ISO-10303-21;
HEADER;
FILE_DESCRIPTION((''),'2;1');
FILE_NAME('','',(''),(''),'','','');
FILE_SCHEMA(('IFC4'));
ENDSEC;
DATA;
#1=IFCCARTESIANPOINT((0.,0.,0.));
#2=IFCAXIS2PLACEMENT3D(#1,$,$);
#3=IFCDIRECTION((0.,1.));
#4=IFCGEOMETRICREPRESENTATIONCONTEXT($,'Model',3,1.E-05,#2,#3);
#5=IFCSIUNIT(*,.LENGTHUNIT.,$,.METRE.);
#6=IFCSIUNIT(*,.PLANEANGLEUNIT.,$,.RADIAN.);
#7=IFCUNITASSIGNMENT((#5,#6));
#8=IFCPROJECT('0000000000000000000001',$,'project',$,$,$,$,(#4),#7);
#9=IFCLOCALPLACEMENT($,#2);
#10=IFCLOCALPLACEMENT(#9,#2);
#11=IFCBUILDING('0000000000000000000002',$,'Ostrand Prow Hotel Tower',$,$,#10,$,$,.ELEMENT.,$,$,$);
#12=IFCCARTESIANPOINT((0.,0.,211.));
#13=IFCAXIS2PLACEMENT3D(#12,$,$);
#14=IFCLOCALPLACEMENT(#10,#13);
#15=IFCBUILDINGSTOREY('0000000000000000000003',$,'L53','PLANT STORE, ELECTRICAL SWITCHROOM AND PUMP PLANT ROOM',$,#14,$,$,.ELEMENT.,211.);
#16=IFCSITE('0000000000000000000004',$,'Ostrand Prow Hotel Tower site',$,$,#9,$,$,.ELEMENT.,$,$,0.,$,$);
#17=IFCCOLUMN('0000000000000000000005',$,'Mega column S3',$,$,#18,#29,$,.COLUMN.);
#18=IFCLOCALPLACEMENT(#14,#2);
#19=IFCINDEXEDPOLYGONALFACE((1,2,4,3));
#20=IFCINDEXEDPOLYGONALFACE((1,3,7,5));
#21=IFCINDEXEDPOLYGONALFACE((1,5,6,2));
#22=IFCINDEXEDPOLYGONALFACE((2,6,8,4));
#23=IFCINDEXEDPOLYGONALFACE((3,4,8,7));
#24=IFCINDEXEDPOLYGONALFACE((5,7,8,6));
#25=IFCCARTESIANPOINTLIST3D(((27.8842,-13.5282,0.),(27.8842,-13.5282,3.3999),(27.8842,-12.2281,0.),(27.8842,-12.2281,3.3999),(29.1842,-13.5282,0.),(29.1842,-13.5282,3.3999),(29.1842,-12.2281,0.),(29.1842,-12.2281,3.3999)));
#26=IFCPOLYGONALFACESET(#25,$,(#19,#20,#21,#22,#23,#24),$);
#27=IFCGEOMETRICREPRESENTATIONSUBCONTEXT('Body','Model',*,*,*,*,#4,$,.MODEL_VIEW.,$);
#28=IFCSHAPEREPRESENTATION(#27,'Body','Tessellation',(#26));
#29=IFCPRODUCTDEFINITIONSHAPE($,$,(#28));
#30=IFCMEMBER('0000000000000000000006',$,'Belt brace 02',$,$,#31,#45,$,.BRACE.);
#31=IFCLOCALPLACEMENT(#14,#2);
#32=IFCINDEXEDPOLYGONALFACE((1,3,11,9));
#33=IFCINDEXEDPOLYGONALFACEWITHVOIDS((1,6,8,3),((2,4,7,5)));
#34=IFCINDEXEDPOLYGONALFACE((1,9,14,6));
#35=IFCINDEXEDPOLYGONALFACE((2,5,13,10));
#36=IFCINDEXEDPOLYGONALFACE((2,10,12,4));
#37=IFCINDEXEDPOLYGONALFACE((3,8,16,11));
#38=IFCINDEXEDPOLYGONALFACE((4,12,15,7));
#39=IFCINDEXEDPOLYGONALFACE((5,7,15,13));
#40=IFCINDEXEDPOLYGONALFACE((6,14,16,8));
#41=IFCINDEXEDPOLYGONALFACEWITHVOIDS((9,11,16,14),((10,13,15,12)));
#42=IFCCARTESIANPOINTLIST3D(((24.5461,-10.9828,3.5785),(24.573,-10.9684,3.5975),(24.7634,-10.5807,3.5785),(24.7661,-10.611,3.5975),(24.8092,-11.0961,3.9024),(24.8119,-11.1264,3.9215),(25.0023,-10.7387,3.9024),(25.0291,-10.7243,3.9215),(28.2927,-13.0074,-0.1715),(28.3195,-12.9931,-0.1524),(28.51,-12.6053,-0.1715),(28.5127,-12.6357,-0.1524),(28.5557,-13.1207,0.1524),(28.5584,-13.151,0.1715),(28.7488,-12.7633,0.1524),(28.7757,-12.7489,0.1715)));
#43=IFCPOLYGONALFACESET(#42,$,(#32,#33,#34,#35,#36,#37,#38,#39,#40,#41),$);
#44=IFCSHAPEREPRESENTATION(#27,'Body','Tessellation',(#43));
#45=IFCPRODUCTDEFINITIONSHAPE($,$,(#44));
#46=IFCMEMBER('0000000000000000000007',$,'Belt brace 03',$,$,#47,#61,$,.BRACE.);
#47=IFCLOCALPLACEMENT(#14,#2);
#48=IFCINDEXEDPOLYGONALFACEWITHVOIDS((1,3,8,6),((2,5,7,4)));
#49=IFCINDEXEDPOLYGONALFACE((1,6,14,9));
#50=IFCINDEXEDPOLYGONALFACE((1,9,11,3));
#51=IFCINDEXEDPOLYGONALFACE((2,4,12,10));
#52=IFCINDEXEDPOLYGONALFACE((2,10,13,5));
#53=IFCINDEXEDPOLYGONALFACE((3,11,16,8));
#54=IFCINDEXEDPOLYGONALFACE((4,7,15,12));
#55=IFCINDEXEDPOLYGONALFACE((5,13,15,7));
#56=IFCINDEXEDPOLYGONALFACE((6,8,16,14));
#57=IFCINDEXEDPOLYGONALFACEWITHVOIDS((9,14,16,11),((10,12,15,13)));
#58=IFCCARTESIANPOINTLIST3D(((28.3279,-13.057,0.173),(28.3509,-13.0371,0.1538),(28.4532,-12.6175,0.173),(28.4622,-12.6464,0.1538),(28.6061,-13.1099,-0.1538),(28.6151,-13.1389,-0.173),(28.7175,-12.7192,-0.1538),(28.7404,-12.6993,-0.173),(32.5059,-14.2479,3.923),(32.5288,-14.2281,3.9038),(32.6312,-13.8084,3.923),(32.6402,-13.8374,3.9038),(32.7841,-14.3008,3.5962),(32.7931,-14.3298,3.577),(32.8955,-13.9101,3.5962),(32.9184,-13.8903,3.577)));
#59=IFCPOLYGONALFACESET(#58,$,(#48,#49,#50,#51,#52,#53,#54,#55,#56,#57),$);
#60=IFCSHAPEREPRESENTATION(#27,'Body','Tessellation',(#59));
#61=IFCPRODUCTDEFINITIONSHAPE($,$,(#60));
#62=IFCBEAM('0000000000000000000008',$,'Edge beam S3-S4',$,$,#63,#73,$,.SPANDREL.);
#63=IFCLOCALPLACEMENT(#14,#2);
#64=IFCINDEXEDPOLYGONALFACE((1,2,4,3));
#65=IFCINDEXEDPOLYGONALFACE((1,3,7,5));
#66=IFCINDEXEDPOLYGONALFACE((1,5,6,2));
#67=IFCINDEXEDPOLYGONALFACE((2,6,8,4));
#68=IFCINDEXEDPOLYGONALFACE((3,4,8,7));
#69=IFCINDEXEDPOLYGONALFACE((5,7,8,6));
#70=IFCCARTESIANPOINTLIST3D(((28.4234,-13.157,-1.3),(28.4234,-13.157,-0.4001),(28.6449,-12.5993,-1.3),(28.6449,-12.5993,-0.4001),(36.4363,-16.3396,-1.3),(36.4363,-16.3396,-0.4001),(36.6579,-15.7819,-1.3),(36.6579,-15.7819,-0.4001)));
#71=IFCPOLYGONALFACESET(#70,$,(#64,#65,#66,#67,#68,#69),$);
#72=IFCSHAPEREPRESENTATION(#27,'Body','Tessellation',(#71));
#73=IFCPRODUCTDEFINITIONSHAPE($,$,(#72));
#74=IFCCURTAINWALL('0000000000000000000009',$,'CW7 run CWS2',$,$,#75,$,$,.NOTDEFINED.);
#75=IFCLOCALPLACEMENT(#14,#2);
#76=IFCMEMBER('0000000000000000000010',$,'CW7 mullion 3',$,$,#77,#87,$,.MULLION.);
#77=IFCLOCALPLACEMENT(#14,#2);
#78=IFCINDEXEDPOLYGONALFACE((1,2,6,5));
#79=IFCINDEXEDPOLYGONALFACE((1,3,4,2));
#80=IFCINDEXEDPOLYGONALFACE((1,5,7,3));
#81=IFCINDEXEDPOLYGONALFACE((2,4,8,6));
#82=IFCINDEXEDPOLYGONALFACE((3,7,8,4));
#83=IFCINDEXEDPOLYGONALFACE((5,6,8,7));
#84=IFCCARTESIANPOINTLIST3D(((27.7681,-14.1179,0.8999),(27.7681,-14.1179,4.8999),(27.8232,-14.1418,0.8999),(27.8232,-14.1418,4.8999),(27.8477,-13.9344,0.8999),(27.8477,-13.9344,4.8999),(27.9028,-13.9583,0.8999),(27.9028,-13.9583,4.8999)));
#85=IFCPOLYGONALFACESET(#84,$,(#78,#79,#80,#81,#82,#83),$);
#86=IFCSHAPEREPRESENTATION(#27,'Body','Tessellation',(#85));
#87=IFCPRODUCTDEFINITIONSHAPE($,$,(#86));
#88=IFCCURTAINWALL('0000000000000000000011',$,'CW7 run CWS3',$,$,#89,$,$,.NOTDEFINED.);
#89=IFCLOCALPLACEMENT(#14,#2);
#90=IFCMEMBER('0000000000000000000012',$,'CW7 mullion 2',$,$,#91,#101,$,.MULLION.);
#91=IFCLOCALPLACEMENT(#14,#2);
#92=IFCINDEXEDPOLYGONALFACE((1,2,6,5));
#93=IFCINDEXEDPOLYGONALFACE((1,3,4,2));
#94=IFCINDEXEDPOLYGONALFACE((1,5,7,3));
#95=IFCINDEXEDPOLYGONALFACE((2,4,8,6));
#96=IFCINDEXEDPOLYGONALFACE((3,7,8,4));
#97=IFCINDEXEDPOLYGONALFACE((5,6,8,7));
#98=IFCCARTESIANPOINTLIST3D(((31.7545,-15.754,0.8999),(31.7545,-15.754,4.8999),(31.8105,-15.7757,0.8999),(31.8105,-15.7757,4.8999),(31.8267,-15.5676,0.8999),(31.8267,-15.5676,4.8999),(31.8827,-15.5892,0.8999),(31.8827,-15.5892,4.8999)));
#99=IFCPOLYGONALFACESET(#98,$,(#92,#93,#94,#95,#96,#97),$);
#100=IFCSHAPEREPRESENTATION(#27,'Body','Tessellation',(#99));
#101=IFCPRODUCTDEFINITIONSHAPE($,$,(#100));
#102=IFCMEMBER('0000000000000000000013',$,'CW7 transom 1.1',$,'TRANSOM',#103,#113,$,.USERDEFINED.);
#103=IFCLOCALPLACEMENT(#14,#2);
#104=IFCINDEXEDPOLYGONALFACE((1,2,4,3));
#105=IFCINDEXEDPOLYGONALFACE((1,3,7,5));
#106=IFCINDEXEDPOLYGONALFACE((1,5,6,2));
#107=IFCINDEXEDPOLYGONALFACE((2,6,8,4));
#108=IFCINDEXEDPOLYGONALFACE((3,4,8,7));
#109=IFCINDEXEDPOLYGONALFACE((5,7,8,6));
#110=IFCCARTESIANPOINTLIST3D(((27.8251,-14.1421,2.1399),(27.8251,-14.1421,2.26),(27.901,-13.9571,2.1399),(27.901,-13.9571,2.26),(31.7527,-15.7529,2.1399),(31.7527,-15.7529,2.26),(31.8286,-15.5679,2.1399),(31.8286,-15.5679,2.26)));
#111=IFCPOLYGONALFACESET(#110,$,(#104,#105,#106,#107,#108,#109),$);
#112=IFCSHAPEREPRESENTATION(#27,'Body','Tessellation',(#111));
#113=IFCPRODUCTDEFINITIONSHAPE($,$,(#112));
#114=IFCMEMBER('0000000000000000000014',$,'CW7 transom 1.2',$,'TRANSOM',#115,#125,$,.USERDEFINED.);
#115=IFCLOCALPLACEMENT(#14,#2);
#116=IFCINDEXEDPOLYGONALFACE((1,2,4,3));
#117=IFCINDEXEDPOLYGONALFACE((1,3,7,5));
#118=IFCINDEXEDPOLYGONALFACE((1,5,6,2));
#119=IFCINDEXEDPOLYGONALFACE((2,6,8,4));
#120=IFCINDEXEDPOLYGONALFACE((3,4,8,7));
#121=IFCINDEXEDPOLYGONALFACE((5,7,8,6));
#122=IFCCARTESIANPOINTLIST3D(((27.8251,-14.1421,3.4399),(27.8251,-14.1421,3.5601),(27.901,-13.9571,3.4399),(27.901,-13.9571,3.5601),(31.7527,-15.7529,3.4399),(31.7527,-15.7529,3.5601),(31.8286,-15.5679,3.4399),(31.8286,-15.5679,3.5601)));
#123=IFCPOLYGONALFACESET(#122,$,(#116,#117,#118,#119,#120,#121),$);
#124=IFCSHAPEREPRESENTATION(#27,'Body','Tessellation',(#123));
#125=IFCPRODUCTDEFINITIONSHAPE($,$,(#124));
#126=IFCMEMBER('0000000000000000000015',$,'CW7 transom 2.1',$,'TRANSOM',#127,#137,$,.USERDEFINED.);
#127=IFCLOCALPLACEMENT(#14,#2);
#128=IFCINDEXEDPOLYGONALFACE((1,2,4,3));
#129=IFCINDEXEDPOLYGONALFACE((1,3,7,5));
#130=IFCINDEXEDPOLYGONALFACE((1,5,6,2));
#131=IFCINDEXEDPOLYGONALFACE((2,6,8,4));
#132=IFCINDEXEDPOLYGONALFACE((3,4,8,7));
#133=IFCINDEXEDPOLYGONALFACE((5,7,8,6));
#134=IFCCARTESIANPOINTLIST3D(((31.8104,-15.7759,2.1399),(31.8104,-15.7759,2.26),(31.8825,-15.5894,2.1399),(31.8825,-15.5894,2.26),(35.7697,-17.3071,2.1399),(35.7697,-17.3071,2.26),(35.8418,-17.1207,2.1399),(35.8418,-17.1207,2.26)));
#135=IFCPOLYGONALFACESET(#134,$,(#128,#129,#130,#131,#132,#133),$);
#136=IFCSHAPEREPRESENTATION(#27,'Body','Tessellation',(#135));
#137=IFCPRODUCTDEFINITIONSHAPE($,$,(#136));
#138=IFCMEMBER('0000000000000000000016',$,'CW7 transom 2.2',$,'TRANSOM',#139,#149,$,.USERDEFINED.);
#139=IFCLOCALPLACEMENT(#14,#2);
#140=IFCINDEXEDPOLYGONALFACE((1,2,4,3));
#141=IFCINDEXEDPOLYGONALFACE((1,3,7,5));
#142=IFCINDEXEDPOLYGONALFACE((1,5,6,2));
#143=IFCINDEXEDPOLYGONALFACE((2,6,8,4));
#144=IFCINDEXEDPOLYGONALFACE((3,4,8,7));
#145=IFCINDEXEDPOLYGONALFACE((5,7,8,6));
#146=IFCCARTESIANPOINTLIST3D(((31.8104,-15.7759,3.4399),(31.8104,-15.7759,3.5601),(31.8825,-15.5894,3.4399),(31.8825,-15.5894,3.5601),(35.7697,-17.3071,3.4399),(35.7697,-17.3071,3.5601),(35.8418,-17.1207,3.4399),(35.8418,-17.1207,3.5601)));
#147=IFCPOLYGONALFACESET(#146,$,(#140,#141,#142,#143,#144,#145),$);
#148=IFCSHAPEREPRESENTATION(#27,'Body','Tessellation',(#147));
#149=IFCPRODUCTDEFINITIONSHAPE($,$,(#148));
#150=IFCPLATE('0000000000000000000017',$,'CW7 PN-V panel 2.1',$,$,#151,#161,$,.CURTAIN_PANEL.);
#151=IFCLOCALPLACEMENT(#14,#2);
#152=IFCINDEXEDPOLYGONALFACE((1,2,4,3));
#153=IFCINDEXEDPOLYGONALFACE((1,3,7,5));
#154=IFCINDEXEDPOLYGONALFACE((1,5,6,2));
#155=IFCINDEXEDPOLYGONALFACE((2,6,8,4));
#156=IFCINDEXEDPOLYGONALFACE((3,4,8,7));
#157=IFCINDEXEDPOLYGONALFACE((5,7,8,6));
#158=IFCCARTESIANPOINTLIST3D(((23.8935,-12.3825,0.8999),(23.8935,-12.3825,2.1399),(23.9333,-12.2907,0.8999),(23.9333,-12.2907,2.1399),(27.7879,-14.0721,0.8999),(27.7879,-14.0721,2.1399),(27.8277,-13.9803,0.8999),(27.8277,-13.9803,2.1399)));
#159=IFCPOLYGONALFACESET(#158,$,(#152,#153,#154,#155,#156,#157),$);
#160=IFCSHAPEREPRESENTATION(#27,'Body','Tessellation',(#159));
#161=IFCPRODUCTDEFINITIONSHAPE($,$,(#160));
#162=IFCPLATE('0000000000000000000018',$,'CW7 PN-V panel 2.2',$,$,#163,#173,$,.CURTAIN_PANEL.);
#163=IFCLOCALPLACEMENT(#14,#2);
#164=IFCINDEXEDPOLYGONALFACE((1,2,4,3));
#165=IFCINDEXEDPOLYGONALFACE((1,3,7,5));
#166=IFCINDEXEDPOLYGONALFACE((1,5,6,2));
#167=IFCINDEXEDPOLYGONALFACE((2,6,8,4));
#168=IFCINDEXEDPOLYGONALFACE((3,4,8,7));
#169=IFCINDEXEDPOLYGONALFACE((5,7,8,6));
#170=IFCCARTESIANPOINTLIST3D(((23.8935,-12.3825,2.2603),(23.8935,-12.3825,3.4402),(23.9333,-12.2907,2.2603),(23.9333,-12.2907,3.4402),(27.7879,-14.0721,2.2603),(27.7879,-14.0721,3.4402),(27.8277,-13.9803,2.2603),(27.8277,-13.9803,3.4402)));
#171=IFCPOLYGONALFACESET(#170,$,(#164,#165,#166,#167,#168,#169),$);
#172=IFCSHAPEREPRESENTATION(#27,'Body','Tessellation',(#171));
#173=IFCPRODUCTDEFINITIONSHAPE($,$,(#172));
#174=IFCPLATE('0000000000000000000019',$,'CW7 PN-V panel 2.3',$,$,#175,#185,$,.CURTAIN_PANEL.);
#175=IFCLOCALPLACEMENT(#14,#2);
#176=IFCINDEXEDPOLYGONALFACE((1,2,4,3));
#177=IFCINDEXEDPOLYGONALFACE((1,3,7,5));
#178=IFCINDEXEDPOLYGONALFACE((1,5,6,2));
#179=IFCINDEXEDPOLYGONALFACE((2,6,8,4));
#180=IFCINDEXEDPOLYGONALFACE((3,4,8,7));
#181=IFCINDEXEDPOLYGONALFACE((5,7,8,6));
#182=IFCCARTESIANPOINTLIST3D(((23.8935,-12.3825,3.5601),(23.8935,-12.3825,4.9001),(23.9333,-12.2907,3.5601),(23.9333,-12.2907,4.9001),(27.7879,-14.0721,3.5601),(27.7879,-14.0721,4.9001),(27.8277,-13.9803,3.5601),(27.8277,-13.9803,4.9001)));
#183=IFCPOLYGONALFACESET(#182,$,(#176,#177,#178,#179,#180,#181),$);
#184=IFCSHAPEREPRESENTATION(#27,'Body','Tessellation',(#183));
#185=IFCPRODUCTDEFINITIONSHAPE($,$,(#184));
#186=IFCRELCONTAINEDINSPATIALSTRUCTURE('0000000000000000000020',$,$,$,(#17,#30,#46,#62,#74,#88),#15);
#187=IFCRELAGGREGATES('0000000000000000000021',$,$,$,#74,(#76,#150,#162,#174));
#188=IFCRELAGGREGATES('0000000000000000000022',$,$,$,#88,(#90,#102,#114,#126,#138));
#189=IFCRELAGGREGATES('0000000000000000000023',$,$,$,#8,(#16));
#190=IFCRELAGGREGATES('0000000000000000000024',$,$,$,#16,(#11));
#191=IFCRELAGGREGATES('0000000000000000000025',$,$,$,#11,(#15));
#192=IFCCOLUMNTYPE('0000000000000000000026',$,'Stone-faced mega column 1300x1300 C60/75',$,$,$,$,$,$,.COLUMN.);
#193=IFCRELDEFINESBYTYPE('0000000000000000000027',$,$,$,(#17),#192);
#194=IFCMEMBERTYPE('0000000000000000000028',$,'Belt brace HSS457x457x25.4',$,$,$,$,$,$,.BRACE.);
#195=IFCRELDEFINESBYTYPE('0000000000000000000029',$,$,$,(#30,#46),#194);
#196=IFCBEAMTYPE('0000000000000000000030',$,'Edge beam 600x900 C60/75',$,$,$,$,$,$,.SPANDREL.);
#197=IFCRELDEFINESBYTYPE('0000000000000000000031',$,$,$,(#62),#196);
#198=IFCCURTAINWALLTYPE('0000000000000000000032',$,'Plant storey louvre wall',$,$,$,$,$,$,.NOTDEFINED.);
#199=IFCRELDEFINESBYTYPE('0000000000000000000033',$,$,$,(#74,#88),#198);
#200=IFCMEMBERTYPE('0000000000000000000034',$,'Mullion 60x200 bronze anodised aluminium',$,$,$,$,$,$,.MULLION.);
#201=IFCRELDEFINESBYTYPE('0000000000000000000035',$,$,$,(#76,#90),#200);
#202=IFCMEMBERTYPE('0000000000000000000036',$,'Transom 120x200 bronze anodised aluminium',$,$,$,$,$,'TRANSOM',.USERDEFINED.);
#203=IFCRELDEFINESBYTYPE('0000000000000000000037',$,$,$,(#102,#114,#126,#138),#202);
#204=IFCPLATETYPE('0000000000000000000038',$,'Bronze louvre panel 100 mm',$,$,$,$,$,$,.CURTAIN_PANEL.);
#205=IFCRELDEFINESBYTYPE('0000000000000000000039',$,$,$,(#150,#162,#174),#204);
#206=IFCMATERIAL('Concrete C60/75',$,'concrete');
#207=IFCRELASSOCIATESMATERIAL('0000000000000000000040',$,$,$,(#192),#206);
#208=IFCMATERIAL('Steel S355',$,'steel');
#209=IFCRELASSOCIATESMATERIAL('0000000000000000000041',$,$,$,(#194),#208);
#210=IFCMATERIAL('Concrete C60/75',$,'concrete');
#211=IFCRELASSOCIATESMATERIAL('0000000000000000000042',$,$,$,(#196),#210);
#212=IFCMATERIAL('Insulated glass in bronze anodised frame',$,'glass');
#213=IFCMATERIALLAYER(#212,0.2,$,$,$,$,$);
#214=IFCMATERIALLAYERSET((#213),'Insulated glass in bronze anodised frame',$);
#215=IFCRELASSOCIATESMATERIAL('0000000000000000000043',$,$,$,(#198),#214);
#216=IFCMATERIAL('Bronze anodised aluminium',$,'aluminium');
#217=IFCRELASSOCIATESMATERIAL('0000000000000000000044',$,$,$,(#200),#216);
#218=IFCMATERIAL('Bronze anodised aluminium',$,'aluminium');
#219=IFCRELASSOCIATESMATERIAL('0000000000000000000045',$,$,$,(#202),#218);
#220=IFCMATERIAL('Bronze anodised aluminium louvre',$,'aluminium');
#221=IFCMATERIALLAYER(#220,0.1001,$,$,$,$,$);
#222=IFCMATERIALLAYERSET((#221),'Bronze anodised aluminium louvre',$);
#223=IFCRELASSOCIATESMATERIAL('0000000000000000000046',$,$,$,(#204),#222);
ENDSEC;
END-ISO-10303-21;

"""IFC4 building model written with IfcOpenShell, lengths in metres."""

from ifc_helpers import new_model, si_unit, direction, frame, origin, origin_2d, place, context, subcontext, project, spatial, rectangle, hollow_rectangle, extrude, material, layer, layer_set, material_profile, profile_set, type_object, element, aggregate, save


model = new_model("IFC4")

# Units and contexts
model_context = context("Model", 3, precision=1e-05, world=origin(), true_north=direction((0.0, 1.0)))
body_context = subcontext(model_context, "Body", "Model", "MODEL_VIEW")
ifc_project = project(units=[si_unit("LENGTHUNIT", "METRE"), si_unit("PLANEANGLEUNIT", "RADIAN")], contexts=[model_context])

# Site, building, storey
site_placement = place(None, origin())
site = spatial("IfcSite", under=ifc_project, at=site_placement, Name="Ostrand Prow Hotel Tower site", CompositionType="ELEMENT", RefElevation=0.0)
building_placement = place(site_placement, origin())
building = spatial("IfcBuilding", under=site, at=building_placement, Name="Ostrand Prow Hotel Tower", CompositionType="ELEMENT")
storey_placement = place(building_placement, frame((0.0, 0.0, 211.0)))
storey = spatial("IfcBuildingStorey", under=building, at=storey_placement, Name="L53", Description="PLANT STORE, ELECTRICAL SWITCHROOM AND PUMP PLANT ROOM", CompositionType="ELEMENT", Elevation=211.0)

# Column
ifc_material_1 = material(Name="Concrete C60/75", Category="concrete")
ifc_material_profile_1 = material_profile(ifc_material_1, rectangle(XDim=1.3, YDim=1.3, at=origin_2d()), Name="RC 1300x1300")
ifc_profile_set_1 = profile_set([ifc_material_profile_1], Name="Concrete C60/75")
column_type = type_object("IfcColumnType", Name="Stone-faced mega column 1300x1300 C60/75", PredefinedType="COLUMN", material=ifc_profile_set_1)
column_placement = place(storey_placement, frame((28.5342, -12.8782, 0.0), z_axis=(0.0, 0.0, 1.0), x_axis=(1.0, 0.0, 0.0)))
element("IfcColumn", 1, at=column_placement, inside=storey, type_object=column_type, Name="Mega column S3", PredefinedType="COLUMN", context=body_context, shape_type="SweptSolid", body=[
    extrude(rectangle(XDim=1.3, YDim=1.3, at=origin_2d()), origin(), (0.0, 0.0, 1.0), 3.3999),
])

# Members
ifc_material_2 = material(Name="Steel S355", Category="steel")
ifc_material_profile_2 = material_profile(ifc_material_2, hollow_rectangle(XDim=0.457, YDim=0.457, WallThickness=0.0254, at=origin_2d()), Name="HSS457x457x25.4")
ifc_profile_set_2 = profile_set([ifc_material_profile_2], Name="Steel S355")
member_type_1 = type_object("IfcMemberType", Name="Belt brace HSS457x457x25.4", PredefinedType="BRACE", material=ifc_profile_set_2)
member_1_placement = place(storey_placement, frame((28.5342, -12.8782, 0.0), z_axis=(-0.660262, 0.356807, 0.660865), x_axis=(-0.475422, -0.879758, 0.0)))
element("IfcMember", 2, at=member_1_placement, inside=storey, type_object=member_type_1, Name="Belt brace 02", PredefinedType="BRACE", context=body_context, shape_type="SweptSolid", body=[
    extrude(hollow_rectangle(XDim=0.457, YDim=0.457, WallThickness=0.0254, at=origin_2d()), origin(), (0.0, 0.0, 1.0), 5.6743),
])
member_2_placement = place(storey_placement, frame((28.5342, -12.8782, 0.0), z_axis=(0.727996, -0.207513, 0.653422), x_axis=(0.274127, 0.961693, 0.0)))
element("IfcMember", 3, at=member_2_placement, inside=storey, type_object=member_type_1, Name="Belt brace 03", PredefinedType="BRACE", context=body_context, shape_type="SweptSolid", body=[
    extrude(hollow_rectangle(XDim=0.457, YDim=0.457, WallThickness=0.0254, at=origin_2d()), origin(), (0.0, 0.0, 1.0), 5.739),
])

# Beam
ifc_material_3 = material(Name="Concrete C60/75", Category="concrete")
ifc_material_profile_3 = material_profile(ifc_material_3, rectangle(XDim=0.6001, YDim=0.8999, at=origin_2d()), Name="RC 600x900")
ifc_profile_set_3 = profile_set([ifc_material_profile_3], Name="Concrete C60/75")
beam_type = type_object("IfcBeamType", Name="Edge beam 600x900 C60/75", PredefinedType="SPANDREL", material=ifc_profile_set_3)
beam_placement = place(storey_placement, frame((28.5342, -12.8782, -0.8501), z_axis=(0.929376, -0.369134, 0.0), x_axis=(0.369134, 0.929376, 0.0)))
element("IfcBeam", 4, at=beam_placement, inside=storey, type_object=beam_type, Name="Edge beam S3-S4", PredefinedType="SPANDREL", context=body_context, shape_type="SweptSolid", body=[
    extrude(rectangle(XDim=0.6001, YDim=0.8999, at=origin_2d()), origin(), (0.0, 0.0, 1.0), 8.6218),
])

# Curtain wall, member
ifc_material_4 = material(Name="Insulated glass in bronze anodised frame", Category="glass")
ifc_layer_1 = layer(ifc_material_4, 0.2)
ifc_layer_set_1 = layer_set([ifc_layer_1], Name="Insulated glass in bronze anodised frame")
curtain_wall_type = type_object("IfcCurtainWallType", Name="Plant storey louvre wall", PredefinedType="NOTDEFINED", material=ifc_layer_set_1)
curtain_wall_1_placement = place(storey_placement, origin())
curtain_wall_1 = element("IfcCurtainWall", 5, at=curtain_wall_1_placement, inside=storey, type_object=curtain_wall_type, Name="CW7 run CWS2", PredefinedType="NOTDEFINED")
ifc_material_5 = material(Name="Bronze anodised aluminium", Category="aluminium")
ifc_material_profile_4 = material_profile(ifc_material_5, rectangle(XDim=0.2, YDim=0.0601, at=origin_2d()), Name="Mullion 60x200 bronze anodised aluminium")
ifc_profile_set_4 = profile_set([ifc_material_profile_4], Name="Bronze anodised aluminium")
member_type_2 = type_object("IfcMemberType", Name="Mullion 60x200 bronze anodised aluminium", PredefinedType="MULLION", material=ifc_profile_set_4)
member_3_placement = place(storey_placement, frame((27.8354, -14.0381, 0.8999), z_axis=(0.0, 0.0, 1.0), x_axis=(0.398005, 0.917383, 0.0)))
member_3 = element("IfcMember", 6, at=member_3_placement, type_object=member_type_2, Name="CW7 mullion 3", PredefinedType="MULLION", context=body_context, shape_type="SweptSolid", body=[
    extrude(rectangle(XDim=0.2, YDim=0.0601, at=origin_2d()), origin(), (0.0, 0.0, 1.0), 4.0),
])

# Curtain wall, members
curtain_wall_2_placement = place(storey_placement, origin())
curtain_wall_2 = element("IfcCurtainWall", 7, at=curtain_wall_2_placement, inside=storey, type_object=curtain_wall_type, Name="CW7 run CWS3", PredefinedType="NOTDEFINED")
member_4_placement = place(storey_placement, frame((31.8186, -15.6716, 0.8999), z_axis=(0.0, 0.0, 1.0), x_axis=(0.360749, 0.932663, 0.0)))
member_4 = element("IfcMember", 8, at=member_4_placement, type_object=member_type_2, Name="CW7 mullion 2", PredefinedType="MULLION", context=body_context, shape_type="SweptSolid", body=[
    extrude(rectangle(XDim=0.2, YDim=0.0601, at=origin_2d()), origin(), (0.0, 0.0, 1.0), 4.0),
])
ifc_material_6 = material(Name="Bronze anodised aluminium", Category="aluminium")
ifc_material_profile_5 = material_profile(ifc_material_6, rectangle(XDim=0.2, YDim=0.1201, at=origin_2d()), Name="Transom 120x200 bronze anodised aluminium")
ifc_profile_set_5 = profile_set([ifc_material_profile_5], Name="Bronze anodised aluminium")
member_type_3 = type_object("IfcMemberType", Name="Transom 120x200 bronze anodised aluminium", ElementType="TRANSOM", PredefinedType="USERDEFINED", material=ifc_profile_set_5)
member_5_placement = place(storey_placement, frame((27.863, -14.0496, 2.2), z_axis=(0.925213, -0.379448, 0.0), x_axis=(0.379448, 0.925213, 0.0)))
member_5 = element("IfcMember", 9, at=member_5_placement, type_object=member_type_3, Name="CW7 transom 1.1", ObjectType="TRANSOM", PredefinedType="USERDEFINED", context=body_context, shape_type="SweptSolid", body=[
    extrude(rectangle(XDim=0.2, YDim=0.1201, at=origin_2d()), origin(), (0.0, 0.0, 1.0), 4.2451),
])
member_6_placement = place(storey_placement, frame((27.863, -14.0496, 3.5), z_axis=(0.925213, -0.379448, 0.0), x_axis=(0.379448, 0.925213, 0.0)))
member_6 = element("IfcMember", 10, at=member_6_placement, type_object=member_type_3, Name="CW7 transom 1.2", ObjectType="TRANSOM", PredefinedType="USERDEFINED", context=body_context, shape_type="SweptSolid", body=[
    extrude(rectangle(XDim=0.2, YDim=0.1201, at=origin_2d()), origin(), (0.0, 0.0, 1.0), 4.2451),
])
member_7_placement = place(storey_placement, frame((31.8464, -15.6826, 2.2), z_axis=(0.932675, -0.360717, 0.0), x_axis=(0.360717, 0.932675, 0.0)))
member_7 = element("IfcMember", 11, at=member_7_placement, type_object=member_type_3, Name="CW7 transom 2.1", ObjectType="TRANSOM", PredefinedType="USERDEFINED", context=body_context, shape_type="SweptSolid", body=[
    extrude(rectangle(XDim=0.2, YDim=0.1201, at=origin_2d()), origin(), (0.0, 0.0, 1.0), 4.2451),
])
member_8_placement = place(storey_placement, frame((31.8464, -15.6826, 3.5), z_axis=(0.932675, -0.360717, 0.0), x_axis=(0.360717, 0.932675, 0.0)))
member_8 = element("IfcMember", 12, at=member_8_placement, type_object=member_type_3, Name="CW7 transom 2.2", ObjectType="TRANSOM", PredefinedType="USERDEFINED", context=body_context, shape_type="SweptSolid", body=[
    extrude(rectangle(XDim=0.2, YDim=0.1201, at=origin_2d()), origin(), (0.0, 0.0, 1.0), 4.2451),
])

# Plates
ifc_material_7 = material(Name="Bronze anodised aluminium louvre", Category="aluminium")
ifc_layer_2 = layer(ifc_material_7, 0.1001)
ifc_layer_set_2 = layer_set([ifc_layer_2], Name="Bronze anodised aluminium louvre")
plate_type = type_object("IfcPlateType", Name="Bronze louvre panel 100 mm", PredefinedType="CURTAIN_PANEL", material=ifc_layer_set_2)
plate_1_placement = place(storey_placement, frame((25.8606, -13.1814, 0.8999), z_axis=(0.0, 0.0, 1.0), x_axis=(0.917383, -0.398005, 0.0)))
plate_1 = element("IfcPlate", 13, at=plate_1_placement, type_object=plate_type, Name="CW7 PN-V panel 2.1", PredefinedType="CURTAIN_PANEL", context=body_context, shape_type="SweptSolid", body=[
    extrude(rectangle(XDim=4.2451, YDim=0.1001, at=origin_2d()), origin(), (0.0, 0.0, 1.0), 1.24),
])
plate_2_placement = place(storey_placement, frame((25.8606, -13.1814, 2.2603), z_axis=(0.0, 0.0, 1.0), x_axis=(0.917383, -0.398005, 0.0)))
plate_2 = element("IfcPlate", 14, at=plate_2_placement, type_object=plate_type, Name="CW7 PN-V panel 2.2", PredefinedType="CURTAIN_PANEL", context=body_context, shape_type="SweptSolid", body=[
    extrude(rectangle(XDim=4.2451, YDim=0.1001, at=origin_2d()), origin(), (0.0, 0.0, 1.0), 1.1799),
])
plate_3_placement = place(storey_placement, frame((25.8606, -13.1814, 3.5601), z_axis=(0.0, 0.0, 1.0), x_axis=(0.917383, -0.398005, 0.0)))
plate_3 = element("IfcPlate", 15, at=plate_3_placement, type_object=plate_type, Name="CW7 PN-V panel 2.3", PredefinedType="CURTAIN_PANEL", context=body_context, shape_type="SweptSolid", body=[
    extrude(rectangle(XDim=4.2451, YDim=0.1001, at=origin_2d()), origin(), (0.0, 0.0, 1.0), 1.3401),
])
aggregate(curtain_wall_1, [member_3, plate_1, plate_2, plate_3])
aggregate(curtain_wall_2, [member_4, member_5, member_6, member_7, member_8])

save(model, "model.ifc")
